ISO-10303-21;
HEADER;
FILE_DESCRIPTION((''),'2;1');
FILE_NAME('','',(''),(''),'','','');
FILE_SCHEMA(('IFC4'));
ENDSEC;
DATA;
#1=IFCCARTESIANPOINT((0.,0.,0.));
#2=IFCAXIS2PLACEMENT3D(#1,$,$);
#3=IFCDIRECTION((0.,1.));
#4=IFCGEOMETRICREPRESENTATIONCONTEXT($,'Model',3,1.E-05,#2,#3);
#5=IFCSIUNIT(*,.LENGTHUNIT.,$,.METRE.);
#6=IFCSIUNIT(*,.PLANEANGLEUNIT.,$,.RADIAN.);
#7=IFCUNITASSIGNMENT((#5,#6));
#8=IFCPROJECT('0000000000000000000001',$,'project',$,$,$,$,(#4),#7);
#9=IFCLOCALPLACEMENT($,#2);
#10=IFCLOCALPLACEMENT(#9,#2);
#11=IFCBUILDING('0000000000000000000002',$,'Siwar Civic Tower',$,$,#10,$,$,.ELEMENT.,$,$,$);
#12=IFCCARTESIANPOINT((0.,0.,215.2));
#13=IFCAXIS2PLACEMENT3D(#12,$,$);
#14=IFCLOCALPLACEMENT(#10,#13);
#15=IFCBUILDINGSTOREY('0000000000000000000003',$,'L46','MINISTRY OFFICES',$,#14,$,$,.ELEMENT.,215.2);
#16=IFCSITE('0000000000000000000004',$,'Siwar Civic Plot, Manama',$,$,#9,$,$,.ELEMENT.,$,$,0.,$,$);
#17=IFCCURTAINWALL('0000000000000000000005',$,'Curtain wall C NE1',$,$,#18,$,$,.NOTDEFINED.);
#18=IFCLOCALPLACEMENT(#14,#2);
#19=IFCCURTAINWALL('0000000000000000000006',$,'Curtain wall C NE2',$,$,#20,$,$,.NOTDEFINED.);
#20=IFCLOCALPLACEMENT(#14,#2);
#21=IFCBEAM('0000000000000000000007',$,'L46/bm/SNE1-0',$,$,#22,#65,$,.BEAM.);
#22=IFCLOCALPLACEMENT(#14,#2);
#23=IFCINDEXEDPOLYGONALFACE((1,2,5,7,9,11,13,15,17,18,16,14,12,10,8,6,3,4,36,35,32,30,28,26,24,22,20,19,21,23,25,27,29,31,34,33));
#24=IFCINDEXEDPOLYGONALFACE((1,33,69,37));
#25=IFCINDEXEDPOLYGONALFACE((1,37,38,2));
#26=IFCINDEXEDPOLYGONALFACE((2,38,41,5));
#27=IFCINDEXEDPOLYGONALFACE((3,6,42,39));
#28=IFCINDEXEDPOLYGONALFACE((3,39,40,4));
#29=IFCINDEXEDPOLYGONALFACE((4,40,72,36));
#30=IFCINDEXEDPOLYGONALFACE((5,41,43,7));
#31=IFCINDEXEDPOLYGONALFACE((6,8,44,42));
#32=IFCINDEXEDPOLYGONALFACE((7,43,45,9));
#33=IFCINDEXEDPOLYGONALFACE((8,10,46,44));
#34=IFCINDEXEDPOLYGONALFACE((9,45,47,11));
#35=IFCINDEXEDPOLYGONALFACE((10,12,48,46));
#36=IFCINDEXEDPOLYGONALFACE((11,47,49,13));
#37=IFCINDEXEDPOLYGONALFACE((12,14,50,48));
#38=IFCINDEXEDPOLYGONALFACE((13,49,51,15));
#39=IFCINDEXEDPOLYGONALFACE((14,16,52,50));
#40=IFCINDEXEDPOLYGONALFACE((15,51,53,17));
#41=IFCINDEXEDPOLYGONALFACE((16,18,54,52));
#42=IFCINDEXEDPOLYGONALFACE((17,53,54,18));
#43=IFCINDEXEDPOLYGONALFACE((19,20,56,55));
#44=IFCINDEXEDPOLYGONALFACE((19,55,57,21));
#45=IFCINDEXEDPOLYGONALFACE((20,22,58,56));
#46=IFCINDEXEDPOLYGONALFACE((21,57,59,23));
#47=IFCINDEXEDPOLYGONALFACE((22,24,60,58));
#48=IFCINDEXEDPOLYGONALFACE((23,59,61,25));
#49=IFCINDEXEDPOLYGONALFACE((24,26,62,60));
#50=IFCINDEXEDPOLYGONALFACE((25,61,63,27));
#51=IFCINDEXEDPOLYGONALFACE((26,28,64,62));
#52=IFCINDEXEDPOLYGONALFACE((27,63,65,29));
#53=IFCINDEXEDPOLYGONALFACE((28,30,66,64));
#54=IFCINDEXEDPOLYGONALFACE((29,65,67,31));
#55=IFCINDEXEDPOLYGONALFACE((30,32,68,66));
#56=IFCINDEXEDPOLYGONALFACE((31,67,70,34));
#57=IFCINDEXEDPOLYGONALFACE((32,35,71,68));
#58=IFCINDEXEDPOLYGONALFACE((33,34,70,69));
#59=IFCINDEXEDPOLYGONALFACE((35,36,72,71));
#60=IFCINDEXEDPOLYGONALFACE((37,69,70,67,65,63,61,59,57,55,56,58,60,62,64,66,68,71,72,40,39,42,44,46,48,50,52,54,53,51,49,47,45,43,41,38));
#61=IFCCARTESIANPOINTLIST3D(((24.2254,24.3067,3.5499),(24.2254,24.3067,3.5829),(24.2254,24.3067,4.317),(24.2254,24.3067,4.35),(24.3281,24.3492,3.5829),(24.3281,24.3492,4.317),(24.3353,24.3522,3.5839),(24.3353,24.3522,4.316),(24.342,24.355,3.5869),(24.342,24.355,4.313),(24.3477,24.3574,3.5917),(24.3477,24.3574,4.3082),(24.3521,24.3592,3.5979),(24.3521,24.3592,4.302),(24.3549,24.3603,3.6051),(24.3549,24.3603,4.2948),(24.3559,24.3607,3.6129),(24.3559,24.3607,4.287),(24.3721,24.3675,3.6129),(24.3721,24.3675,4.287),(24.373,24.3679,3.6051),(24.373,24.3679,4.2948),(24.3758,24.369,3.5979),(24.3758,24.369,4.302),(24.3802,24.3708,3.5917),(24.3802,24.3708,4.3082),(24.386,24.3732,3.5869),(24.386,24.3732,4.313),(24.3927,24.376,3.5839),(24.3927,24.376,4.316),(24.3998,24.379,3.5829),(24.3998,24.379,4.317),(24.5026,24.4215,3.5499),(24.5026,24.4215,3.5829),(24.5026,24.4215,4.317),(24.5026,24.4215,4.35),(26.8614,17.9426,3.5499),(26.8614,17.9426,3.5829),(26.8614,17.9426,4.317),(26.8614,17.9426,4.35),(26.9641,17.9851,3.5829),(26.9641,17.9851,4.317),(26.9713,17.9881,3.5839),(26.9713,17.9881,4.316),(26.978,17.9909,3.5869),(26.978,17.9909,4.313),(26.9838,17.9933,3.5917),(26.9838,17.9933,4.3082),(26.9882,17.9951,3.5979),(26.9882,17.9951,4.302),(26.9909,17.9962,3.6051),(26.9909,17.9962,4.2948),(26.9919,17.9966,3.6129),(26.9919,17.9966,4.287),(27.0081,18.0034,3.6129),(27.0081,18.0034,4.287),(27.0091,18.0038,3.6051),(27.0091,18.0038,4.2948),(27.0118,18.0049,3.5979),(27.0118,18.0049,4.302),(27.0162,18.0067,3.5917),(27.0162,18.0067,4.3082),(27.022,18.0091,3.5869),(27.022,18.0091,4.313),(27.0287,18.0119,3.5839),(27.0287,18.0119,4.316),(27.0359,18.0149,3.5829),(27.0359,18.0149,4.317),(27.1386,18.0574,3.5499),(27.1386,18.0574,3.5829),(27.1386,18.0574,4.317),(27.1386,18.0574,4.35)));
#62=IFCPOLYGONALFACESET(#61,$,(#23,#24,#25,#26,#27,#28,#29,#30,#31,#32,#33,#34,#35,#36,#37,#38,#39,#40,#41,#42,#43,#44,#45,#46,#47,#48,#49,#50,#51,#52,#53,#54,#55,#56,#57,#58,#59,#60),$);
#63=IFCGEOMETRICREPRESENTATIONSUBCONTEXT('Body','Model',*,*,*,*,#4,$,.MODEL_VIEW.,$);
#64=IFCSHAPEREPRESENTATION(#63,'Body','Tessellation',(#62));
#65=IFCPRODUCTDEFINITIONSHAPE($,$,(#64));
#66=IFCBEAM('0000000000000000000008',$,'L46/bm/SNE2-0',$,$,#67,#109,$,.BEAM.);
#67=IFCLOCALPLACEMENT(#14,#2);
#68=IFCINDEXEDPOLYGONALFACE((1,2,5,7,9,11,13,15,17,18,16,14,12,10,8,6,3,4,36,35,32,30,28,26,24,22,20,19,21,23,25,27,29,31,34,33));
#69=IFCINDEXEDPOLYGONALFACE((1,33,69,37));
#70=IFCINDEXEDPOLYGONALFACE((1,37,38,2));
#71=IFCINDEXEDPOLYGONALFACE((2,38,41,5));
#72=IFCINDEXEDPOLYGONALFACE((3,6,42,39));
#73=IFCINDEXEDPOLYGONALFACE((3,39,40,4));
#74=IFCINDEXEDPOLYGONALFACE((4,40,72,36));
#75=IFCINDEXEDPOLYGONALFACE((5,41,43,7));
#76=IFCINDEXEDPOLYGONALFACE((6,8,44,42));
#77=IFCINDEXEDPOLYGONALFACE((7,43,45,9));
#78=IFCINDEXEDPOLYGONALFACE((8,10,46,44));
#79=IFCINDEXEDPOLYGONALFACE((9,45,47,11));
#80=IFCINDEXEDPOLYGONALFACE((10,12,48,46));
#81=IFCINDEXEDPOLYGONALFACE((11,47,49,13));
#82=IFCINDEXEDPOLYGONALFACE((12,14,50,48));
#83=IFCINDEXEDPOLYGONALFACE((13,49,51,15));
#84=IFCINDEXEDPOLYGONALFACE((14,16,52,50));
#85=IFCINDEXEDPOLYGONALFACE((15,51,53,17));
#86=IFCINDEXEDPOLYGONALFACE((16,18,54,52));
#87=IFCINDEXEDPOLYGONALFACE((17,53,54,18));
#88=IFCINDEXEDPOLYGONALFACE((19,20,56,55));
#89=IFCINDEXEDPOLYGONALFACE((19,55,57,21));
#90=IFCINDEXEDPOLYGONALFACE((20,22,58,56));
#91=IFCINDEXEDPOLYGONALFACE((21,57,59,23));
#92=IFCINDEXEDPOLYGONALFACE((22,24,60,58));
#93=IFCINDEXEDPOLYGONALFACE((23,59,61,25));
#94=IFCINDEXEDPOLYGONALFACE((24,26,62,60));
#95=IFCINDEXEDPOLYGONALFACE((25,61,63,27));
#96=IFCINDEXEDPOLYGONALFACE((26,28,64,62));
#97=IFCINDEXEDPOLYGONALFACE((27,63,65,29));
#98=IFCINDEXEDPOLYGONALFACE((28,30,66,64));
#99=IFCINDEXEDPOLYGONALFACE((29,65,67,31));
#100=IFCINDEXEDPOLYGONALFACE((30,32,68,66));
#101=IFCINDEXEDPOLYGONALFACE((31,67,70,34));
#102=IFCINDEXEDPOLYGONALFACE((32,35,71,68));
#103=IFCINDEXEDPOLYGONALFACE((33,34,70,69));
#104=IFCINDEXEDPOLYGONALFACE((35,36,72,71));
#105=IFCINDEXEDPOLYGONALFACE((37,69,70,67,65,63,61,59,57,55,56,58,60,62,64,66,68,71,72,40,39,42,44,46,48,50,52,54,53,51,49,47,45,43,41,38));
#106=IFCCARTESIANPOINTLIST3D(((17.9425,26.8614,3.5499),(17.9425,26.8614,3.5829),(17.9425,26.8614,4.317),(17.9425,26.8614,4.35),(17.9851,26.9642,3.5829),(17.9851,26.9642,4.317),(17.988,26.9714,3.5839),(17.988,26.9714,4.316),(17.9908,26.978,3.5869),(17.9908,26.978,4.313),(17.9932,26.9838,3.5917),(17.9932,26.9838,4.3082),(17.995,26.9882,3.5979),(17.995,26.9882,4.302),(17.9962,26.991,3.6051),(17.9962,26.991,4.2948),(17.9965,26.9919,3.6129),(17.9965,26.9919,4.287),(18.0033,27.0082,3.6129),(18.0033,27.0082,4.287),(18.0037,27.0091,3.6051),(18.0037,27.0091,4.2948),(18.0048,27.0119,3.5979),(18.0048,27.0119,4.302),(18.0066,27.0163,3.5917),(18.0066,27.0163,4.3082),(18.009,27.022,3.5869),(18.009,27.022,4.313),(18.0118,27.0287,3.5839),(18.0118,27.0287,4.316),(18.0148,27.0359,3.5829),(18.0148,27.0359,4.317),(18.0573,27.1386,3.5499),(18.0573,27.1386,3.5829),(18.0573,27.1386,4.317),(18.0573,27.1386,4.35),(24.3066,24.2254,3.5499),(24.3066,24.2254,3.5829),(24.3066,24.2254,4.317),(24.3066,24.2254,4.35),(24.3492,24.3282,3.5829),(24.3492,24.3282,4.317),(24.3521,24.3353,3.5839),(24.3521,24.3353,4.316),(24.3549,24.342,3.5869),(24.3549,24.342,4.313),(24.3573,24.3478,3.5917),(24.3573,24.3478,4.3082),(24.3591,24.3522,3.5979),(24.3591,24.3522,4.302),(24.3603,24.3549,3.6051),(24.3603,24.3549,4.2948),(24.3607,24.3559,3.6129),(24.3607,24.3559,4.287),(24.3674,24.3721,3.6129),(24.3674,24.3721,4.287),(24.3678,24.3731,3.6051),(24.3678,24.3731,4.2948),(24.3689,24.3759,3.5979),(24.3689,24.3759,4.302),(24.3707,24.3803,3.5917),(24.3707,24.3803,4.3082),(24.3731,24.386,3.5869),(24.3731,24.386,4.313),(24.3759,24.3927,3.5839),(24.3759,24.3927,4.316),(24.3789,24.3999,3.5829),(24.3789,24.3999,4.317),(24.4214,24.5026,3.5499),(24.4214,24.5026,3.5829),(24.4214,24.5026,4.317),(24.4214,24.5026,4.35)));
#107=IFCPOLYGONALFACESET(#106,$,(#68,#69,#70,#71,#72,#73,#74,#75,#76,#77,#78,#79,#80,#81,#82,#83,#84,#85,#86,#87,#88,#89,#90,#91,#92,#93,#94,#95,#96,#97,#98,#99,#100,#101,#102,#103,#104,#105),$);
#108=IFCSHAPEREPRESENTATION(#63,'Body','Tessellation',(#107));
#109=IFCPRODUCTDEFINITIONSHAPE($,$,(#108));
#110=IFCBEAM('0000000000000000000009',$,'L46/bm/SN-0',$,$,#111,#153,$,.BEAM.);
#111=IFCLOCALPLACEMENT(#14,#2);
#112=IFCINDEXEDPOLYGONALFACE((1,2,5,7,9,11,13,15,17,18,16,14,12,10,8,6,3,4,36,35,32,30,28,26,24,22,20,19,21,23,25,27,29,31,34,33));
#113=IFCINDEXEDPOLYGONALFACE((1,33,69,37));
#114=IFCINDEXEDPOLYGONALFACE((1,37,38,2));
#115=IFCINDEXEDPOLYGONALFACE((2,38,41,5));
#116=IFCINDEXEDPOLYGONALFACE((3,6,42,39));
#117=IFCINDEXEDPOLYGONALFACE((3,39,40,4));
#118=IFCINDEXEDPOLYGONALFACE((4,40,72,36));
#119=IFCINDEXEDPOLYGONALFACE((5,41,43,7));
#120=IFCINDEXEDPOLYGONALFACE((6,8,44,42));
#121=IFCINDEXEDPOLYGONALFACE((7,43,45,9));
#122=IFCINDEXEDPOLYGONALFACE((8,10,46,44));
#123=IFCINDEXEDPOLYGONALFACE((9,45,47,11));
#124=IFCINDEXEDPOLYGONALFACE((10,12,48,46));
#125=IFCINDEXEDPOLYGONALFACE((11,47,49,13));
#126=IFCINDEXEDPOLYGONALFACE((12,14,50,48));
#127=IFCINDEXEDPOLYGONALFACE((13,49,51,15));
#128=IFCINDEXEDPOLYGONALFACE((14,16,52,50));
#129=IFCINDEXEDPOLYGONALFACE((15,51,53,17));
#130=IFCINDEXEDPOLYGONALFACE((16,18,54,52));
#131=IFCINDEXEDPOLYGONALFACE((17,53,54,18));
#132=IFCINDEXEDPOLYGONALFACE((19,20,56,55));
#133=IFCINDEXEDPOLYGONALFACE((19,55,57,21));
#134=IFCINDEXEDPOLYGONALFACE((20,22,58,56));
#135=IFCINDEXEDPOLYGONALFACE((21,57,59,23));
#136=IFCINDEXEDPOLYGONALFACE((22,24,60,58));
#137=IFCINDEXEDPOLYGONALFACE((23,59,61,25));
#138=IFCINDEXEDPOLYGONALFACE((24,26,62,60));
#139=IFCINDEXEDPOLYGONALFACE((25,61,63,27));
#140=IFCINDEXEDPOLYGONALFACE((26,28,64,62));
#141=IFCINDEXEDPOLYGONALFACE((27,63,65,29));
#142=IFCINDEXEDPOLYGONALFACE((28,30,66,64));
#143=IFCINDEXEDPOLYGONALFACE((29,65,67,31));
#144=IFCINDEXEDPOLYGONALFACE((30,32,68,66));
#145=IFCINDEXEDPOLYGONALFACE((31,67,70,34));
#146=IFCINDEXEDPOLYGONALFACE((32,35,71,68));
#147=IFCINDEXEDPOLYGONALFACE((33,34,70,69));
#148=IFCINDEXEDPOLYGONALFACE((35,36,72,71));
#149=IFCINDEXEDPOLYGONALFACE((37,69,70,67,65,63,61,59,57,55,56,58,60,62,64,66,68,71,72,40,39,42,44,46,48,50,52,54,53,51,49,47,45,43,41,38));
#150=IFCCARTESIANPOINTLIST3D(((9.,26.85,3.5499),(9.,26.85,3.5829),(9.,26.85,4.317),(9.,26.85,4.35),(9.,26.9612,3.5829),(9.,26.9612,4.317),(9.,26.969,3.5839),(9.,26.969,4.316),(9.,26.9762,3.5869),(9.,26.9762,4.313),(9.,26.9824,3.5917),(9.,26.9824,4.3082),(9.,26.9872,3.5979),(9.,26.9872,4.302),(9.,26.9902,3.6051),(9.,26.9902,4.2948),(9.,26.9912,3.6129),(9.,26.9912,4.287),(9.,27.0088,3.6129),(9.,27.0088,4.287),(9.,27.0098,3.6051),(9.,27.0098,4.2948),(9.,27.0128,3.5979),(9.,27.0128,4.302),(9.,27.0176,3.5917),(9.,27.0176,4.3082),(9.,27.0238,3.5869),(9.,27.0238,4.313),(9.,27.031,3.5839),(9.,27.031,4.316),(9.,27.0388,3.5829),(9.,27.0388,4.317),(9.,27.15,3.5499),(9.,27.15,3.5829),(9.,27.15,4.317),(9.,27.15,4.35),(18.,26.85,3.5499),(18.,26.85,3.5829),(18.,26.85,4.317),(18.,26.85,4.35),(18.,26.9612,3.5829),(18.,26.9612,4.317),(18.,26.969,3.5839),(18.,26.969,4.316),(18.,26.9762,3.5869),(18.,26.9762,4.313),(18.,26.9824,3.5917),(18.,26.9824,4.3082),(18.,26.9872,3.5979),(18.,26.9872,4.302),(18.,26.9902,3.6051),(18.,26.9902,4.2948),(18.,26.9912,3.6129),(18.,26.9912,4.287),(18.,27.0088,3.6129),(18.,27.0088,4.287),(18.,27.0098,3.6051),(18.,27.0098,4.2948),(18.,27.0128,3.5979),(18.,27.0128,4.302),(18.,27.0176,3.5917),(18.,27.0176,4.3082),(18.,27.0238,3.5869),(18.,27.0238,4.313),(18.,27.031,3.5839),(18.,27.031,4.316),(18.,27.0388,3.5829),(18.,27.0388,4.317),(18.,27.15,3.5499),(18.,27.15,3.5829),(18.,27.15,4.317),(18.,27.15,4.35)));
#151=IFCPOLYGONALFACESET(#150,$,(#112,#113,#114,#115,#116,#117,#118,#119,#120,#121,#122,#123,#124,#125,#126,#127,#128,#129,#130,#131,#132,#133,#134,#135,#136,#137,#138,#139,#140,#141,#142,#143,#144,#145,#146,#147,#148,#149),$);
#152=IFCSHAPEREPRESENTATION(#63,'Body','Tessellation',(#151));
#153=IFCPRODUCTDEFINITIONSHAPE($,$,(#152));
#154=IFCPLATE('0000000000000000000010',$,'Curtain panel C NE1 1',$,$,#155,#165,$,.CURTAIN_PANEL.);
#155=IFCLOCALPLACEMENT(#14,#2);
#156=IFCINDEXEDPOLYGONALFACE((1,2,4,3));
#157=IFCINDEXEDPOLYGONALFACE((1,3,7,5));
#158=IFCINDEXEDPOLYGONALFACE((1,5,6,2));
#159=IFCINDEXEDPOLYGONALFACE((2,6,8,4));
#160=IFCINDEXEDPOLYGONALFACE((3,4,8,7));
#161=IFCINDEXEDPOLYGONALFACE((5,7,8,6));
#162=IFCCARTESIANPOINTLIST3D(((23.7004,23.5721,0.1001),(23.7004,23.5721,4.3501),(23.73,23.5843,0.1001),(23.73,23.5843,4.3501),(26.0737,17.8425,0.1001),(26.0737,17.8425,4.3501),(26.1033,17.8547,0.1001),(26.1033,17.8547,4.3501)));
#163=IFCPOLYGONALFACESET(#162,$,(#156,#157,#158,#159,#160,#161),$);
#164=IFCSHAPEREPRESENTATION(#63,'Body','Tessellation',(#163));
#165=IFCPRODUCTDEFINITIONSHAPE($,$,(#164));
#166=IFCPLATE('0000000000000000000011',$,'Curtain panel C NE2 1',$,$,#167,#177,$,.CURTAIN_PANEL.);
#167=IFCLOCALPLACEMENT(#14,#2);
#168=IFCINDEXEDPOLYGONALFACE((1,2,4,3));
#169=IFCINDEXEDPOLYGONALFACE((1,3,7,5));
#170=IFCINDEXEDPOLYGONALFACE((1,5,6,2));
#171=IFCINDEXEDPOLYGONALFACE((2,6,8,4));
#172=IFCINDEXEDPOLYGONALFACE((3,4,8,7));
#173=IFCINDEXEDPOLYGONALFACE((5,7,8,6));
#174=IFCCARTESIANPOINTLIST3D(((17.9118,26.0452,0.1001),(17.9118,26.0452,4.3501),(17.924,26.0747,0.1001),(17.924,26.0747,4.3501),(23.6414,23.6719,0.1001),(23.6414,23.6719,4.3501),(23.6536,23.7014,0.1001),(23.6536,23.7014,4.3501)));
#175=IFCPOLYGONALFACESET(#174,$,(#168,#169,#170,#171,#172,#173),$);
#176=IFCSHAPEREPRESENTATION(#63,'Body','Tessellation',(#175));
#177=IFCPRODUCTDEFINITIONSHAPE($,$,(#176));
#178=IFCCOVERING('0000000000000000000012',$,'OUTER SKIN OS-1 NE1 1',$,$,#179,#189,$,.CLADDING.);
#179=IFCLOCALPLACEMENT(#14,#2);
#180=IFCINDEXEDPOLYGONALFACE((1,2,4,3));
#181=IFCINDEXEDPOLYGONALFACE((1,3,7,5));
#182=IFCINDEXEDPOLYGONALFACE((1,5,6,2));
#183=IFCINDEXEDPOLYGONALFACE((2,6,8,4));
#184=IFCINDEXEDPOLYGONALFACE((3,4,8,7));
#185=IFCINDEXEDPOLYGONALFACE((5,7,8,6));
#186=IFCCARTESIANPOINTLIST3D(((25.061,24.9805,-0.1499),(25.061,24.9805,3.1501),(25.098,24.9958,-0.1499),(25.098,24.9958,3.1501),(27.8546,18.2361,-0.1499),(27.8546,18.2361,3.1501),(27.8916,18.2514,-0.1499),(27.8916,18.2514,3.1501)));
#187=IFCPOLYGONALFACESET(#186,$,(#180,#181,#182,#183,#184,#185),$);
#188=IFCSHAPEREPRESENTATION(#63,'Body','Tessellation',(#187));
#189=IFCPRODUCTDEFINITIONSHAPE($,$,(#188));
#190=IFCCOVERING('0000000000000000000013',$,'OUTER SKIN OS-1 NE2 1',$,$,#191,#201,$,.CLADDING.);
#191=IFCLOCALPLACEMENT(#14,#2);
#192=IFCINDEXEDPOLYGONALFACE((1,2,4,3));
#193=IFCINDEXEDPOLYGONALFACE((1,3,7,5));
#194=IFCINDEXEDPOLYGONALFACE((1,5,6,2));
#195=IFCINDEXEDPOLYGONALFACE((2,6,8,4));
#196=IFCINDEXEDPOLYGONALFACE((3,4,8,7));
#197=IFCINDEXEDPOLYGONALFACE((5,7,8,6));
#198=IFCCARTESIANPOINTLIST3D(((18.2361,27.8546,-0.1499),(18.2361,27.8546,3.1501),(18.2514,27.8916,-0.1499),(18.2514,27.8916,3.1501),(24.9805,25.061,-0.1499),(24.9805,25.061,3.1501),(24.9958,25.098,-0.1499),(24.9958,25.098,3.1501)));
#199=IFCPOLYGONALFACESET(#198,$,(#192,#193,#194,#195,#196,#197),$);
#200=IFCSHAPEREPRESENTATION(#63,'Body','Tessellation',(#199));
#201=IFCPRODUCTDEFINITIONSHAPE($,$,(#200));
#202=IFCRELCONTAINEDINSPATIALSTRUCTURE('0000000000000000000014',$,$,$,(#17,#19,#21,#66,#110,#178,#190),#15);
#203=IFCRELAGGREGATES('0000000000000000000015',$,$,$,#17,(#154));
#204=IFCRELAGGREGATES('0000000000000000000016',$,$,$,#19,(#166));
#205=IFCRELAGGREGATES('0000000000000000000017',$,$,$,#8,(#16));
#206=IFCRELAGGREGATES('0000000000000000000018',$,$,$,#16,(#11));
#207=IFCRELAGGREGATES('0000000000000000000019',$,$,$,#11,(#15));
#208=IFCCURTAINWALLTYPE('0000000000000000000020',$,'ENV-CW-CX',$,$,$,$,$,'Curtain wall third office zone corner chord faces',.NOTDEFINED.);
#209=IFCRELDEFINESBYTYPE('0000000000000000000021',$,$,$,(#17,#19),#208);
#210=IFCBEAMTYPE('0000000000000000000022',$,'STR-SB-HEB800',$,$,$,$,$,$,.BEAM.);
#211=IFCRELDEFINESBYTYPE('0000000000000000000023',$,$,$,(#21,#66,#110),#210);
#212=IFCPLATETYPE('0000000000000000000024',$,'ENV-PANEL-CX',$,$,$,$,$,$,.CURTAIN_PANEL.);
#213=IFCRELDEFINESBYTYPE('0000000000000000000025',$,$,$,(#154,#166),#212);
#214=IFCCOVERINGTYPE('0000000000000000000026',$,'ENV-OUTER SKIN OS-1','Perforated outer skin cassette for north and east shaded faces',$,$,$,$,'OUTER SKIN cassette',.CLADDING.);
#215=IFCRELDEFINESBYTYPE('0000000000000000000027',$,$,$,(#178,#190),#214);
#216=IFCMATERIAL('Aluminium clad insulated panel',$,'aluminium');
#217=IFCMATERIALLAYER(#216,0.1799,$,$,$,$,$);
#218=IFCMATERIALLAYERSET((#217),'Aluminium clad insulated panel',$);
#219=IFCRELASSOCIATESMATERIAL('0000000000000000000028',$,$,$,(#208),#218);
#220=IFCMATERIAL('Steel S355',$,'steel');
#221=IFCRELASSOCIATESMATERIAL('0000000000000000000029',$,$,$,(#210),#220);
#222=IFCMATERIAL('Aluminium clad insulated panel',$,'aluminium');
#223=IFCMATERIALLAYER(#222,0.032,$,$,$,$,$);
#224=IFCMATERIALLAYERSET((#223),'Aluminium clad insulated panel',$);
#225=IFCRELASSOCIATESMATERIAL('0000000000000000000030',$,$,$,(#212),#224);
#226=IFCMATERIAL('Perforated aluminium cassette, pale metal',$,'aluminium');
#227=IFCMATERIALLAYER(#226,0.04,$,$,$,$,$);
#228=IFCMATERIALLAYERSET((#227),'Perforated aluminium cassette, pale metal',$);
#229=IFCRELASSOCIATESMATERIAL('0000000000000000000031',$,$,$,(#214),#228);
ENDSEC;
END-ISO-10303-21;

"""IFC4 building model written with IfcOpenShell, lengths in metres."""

from ifc_helpers import new_model, si_unit, direction, frame, origin, origin_2d, place, context, subcontext, project, spatial, rectangle, i_section, extrude, material, layer, layer_set, material_profile, profile_set, type_object, element, aggregate, save


model = new_model("IFC4")

# Units and contexts
model_context = context("Model", 3, precision=1e-05, world=origin(), true_north=direction((0.0, 1.0)))
body_context = subcontext(model_context, "Body", "Model", "MODEL_VIEW")
ifc_project = project(units=[si_unit("LENGTHUNIT", "METRE"), si_unit("PLANEANGLEUNIT", "RADIAN")], contexts=[model_context])

# Site, building, storey
site_placement = place(None, origin())
site = spatial("IfcSite", under=ifc_project, at=site_placement, Name="Siwar Civic Plot, Manama", CompositionType="ELEMENT", RefElevation=0.0)
building_placement = place(site_placement, origin())
building = spatial("IfcBuilding", under=site, at=building_placement, Name="Siwar Civic Tower", CompositionType="ELEMENT")
storey_placement = place(building_placement, frame((0.0, 0.0, 215.2)))
storey = spatial("IfcBuildingStorey", under=building, at=storey_placement, Name="L46", Description="MINISTRY OFFICES", CompositionType="ELEMENT", Elevation=215.2)

# Curtain walls
ifc_material_1 = material(Name="Aluminium clad insulated panel", Category="aluminium")
ifc_layer_1 = layer(ifc_material_1, 0.1799)
ifc_layer_set_1 = layer_set([ifc_layer_1], Name="Aluminium clad insulated panel")
curtain_wall_type_1 = type_object("IfcCurtainWallType", Name="ENV-CW-CX", ElementType="Curtain wall third office zone corner chord faces", PredefinedType="NOTDEFINED", material=ifc_layer_set_1)
curtain_wall_1_placement = place(storey_placement, origin())
curtain_wall_1 = element("IfcCurtainWall", 1, at=curtain_wall_1_placement, inside=storey, type_object=curtain_wall_type_1, Name="Curtain wall C NE1", PredefinedType="NOTDEFINED")
curtain_wall_2_placement = place(storey_placement, origin())
curtain_wall_2 = element("IfcCurtainWall", 2, at=curtain_wall_2_placement, inside=storey, type_object=curtain_wall_type_1, Name="Curtain wall C NE2", PredefinedType="NOTDEFINED")

# Beams
ifc_material_2 = material(Name="Steel S355", Category="steel")
ifc_material_profile_1 = material_profile(ifc_material_2, i_section(OverallWidth=0.3, OverallDepth=0.8, WebThickness=0.0176, FlangeThickness=0.033, FilletRadius=0.03, at=origin_2d()), Name="HEB800")
ifc_profile_set_1 = profile_set([ifc_material_profile_1], Name="Steel S355")
beam_type_1 = type_object("IfcBeamType", Name="STR-SB-HEB800", PredefinedType="BEAM", material=ifc_profile_set_1)
for number, where, z_axis, x_axis, name in (
    (3, (27.0, 18.0, 3.95), (-0.382674, 0.923883, 0.0), (-0.923883, -0.382674, 0.0), "L46/bm/SNE1-0"),
    (4, (24.364, 24.364, 3.95), (-0.923883, 0.382674, 0.0), (-0.382674, -0.923883, 0.0), "L46/bm/SNE2-0"),
):
    element("IfcBeam", number, at=place(storey_placement, frame(where, z_axis=z_axis, x_axis=x_axis)), inside=storey, type_object=beam_type_1, Name=name, PredefinedType="BEAM", context=body_context, shape_type="SweptSolid", body=[
        extrude(i_section(OverallWidth=0.3, OverallDepth=0.8, WebThickness=0.0176, FlangeThickness=0.033, FilletRadius=0.03, at=origin_2d()), origin(), (0.0, 0.0, 1.0), 6.8884),
    ])
beam_1_placement = place(storey_placement, frame((18.0, 27.0, 3.95), z_axis=(-1.0, 0.0, 0.0), x_axis=(0.0, -1.0, 0.0)))
element("IfcBeam", 5, at=beam_1_placement, inside=storey, type_object=beam_type_1, Name="L46/bm/SN-0", PredefinedType="BEAM", context=body_context, shape_type="SweptSolid", body=[
    extrude(i_section(OverallWidth=0.3, OverallDepth=0.8, WebThickness=0.0176, FlangeThickness=0.033, FilletRadius=0.03, at=origin_2d()), origin(), (0.0, 0.0, 1.0), 9.0),
])

# Plates
ifc_material_3 = material(Name="Aluminium clad insulated panel", Category="aluminium")
ifc_layer_2 = layer(ifc_material_3, 0.032)
ifc_layer_set_2 = layer_set([ifc_layer_2], Name="Aluminium clad insulated panel")
plate_type = type_object("IfcPlateType", Name="ENV-PANEL-CX", PredefinedType="CURTAIN_PANEL", material=ifc_layer_set_2)
plate_1_placement = place(storey_placement, frame((24.9019, 20.7134, 0.1001), z_axis=(0.0, 0.0, 1.0), x_axis=(-0.382683, 0.92388, 0.0)))
plate_1 = element("IfcPlate", 6, at=plate_1_placement, type_object=plate_type, Name="Curtain panel C NE1 1", PredefinedType="CURTAIN_PANEL", context=body_context, shape_type="SweptSolid", body=[
    extrude(rectangle(XDim=6.2017, YDim=0.032, at=origin_2d()), origin(), (0.0, 0.0, 1.0), 4.25),
])
aggregate(curtain_wall_1, [plate_1])
plate_2_placement = place(storey_placement, frame((20.7827, 24.8733, 0.1001), z_axis=(0.0, 0.0, 1.0), x_axis=(-0.92388, 0.382683, 0.0)))
plate_2 = element("IfcPlate", 7, at=plate_2_placement, type_object=plate_type, Name="Curtain panel C NE2 1", PredefinedType="CURTAIN_PANEL", context=body_context, shape_type="SweptSolid", body=[
    extrude(rectangle(XDim=6.2017, YDim=0.032, at=origin_2d()), origin(), (0.0, 0.0, 1.0), 4.25),
])
aggregate(curtain_wall_2, [plate_2])

# Coverings
ifc_material_4 = material(Name="Perforated aluminium cassette, pale metal", Category="aluminium")
ifc_layer_3 = layer(ifc_material_4, 0.04)
ifc_layer_set_3 = layer_set([ifc_layer_3], Name="Perforated aluminium cassette, pale metal")
covering_type = type_object("IfcCoveringType", Name="ENV-OUTER SKIN OS-1", Description="Perforated outer skin cassette for north and east shaded faces", ElementType="OUTER SKIN cassette", PredefinedType="CLADDING", material=ifc_layer_set_3)
for number, where, z_axis, x_axis, name in (
    (8, (26.4763, 21.616, -0.1499), (0.0, 0.0, 1.0), (-0.382683, 0.92388, 0.0), "OUTER SKIN OS-1 NE1 1"),
    (9, (21.616, 26.4763, -0.1499), (0.0, 0.0, 1.0), (-0.92388, 0.382683, 0.0), "OUTER SKIN OS-1 NE2 1"),
):
    element("IfcCovering", number, at=place(storey_placement, frame(where, z_axis=z_axis, x_axis=x_axis)), inside=storey, type_object=covering_type, Name=name, PredefinedType="CLADDING", context=body_context, shape_type="SweptSolid", body=[
        extrude(rectangle(XDim=7.3, YDim=0.04, at=origin_2d()), origin(), (0.0, 0.0, 1.0), 3.3),
    ])

save(model, "model.ifc")
